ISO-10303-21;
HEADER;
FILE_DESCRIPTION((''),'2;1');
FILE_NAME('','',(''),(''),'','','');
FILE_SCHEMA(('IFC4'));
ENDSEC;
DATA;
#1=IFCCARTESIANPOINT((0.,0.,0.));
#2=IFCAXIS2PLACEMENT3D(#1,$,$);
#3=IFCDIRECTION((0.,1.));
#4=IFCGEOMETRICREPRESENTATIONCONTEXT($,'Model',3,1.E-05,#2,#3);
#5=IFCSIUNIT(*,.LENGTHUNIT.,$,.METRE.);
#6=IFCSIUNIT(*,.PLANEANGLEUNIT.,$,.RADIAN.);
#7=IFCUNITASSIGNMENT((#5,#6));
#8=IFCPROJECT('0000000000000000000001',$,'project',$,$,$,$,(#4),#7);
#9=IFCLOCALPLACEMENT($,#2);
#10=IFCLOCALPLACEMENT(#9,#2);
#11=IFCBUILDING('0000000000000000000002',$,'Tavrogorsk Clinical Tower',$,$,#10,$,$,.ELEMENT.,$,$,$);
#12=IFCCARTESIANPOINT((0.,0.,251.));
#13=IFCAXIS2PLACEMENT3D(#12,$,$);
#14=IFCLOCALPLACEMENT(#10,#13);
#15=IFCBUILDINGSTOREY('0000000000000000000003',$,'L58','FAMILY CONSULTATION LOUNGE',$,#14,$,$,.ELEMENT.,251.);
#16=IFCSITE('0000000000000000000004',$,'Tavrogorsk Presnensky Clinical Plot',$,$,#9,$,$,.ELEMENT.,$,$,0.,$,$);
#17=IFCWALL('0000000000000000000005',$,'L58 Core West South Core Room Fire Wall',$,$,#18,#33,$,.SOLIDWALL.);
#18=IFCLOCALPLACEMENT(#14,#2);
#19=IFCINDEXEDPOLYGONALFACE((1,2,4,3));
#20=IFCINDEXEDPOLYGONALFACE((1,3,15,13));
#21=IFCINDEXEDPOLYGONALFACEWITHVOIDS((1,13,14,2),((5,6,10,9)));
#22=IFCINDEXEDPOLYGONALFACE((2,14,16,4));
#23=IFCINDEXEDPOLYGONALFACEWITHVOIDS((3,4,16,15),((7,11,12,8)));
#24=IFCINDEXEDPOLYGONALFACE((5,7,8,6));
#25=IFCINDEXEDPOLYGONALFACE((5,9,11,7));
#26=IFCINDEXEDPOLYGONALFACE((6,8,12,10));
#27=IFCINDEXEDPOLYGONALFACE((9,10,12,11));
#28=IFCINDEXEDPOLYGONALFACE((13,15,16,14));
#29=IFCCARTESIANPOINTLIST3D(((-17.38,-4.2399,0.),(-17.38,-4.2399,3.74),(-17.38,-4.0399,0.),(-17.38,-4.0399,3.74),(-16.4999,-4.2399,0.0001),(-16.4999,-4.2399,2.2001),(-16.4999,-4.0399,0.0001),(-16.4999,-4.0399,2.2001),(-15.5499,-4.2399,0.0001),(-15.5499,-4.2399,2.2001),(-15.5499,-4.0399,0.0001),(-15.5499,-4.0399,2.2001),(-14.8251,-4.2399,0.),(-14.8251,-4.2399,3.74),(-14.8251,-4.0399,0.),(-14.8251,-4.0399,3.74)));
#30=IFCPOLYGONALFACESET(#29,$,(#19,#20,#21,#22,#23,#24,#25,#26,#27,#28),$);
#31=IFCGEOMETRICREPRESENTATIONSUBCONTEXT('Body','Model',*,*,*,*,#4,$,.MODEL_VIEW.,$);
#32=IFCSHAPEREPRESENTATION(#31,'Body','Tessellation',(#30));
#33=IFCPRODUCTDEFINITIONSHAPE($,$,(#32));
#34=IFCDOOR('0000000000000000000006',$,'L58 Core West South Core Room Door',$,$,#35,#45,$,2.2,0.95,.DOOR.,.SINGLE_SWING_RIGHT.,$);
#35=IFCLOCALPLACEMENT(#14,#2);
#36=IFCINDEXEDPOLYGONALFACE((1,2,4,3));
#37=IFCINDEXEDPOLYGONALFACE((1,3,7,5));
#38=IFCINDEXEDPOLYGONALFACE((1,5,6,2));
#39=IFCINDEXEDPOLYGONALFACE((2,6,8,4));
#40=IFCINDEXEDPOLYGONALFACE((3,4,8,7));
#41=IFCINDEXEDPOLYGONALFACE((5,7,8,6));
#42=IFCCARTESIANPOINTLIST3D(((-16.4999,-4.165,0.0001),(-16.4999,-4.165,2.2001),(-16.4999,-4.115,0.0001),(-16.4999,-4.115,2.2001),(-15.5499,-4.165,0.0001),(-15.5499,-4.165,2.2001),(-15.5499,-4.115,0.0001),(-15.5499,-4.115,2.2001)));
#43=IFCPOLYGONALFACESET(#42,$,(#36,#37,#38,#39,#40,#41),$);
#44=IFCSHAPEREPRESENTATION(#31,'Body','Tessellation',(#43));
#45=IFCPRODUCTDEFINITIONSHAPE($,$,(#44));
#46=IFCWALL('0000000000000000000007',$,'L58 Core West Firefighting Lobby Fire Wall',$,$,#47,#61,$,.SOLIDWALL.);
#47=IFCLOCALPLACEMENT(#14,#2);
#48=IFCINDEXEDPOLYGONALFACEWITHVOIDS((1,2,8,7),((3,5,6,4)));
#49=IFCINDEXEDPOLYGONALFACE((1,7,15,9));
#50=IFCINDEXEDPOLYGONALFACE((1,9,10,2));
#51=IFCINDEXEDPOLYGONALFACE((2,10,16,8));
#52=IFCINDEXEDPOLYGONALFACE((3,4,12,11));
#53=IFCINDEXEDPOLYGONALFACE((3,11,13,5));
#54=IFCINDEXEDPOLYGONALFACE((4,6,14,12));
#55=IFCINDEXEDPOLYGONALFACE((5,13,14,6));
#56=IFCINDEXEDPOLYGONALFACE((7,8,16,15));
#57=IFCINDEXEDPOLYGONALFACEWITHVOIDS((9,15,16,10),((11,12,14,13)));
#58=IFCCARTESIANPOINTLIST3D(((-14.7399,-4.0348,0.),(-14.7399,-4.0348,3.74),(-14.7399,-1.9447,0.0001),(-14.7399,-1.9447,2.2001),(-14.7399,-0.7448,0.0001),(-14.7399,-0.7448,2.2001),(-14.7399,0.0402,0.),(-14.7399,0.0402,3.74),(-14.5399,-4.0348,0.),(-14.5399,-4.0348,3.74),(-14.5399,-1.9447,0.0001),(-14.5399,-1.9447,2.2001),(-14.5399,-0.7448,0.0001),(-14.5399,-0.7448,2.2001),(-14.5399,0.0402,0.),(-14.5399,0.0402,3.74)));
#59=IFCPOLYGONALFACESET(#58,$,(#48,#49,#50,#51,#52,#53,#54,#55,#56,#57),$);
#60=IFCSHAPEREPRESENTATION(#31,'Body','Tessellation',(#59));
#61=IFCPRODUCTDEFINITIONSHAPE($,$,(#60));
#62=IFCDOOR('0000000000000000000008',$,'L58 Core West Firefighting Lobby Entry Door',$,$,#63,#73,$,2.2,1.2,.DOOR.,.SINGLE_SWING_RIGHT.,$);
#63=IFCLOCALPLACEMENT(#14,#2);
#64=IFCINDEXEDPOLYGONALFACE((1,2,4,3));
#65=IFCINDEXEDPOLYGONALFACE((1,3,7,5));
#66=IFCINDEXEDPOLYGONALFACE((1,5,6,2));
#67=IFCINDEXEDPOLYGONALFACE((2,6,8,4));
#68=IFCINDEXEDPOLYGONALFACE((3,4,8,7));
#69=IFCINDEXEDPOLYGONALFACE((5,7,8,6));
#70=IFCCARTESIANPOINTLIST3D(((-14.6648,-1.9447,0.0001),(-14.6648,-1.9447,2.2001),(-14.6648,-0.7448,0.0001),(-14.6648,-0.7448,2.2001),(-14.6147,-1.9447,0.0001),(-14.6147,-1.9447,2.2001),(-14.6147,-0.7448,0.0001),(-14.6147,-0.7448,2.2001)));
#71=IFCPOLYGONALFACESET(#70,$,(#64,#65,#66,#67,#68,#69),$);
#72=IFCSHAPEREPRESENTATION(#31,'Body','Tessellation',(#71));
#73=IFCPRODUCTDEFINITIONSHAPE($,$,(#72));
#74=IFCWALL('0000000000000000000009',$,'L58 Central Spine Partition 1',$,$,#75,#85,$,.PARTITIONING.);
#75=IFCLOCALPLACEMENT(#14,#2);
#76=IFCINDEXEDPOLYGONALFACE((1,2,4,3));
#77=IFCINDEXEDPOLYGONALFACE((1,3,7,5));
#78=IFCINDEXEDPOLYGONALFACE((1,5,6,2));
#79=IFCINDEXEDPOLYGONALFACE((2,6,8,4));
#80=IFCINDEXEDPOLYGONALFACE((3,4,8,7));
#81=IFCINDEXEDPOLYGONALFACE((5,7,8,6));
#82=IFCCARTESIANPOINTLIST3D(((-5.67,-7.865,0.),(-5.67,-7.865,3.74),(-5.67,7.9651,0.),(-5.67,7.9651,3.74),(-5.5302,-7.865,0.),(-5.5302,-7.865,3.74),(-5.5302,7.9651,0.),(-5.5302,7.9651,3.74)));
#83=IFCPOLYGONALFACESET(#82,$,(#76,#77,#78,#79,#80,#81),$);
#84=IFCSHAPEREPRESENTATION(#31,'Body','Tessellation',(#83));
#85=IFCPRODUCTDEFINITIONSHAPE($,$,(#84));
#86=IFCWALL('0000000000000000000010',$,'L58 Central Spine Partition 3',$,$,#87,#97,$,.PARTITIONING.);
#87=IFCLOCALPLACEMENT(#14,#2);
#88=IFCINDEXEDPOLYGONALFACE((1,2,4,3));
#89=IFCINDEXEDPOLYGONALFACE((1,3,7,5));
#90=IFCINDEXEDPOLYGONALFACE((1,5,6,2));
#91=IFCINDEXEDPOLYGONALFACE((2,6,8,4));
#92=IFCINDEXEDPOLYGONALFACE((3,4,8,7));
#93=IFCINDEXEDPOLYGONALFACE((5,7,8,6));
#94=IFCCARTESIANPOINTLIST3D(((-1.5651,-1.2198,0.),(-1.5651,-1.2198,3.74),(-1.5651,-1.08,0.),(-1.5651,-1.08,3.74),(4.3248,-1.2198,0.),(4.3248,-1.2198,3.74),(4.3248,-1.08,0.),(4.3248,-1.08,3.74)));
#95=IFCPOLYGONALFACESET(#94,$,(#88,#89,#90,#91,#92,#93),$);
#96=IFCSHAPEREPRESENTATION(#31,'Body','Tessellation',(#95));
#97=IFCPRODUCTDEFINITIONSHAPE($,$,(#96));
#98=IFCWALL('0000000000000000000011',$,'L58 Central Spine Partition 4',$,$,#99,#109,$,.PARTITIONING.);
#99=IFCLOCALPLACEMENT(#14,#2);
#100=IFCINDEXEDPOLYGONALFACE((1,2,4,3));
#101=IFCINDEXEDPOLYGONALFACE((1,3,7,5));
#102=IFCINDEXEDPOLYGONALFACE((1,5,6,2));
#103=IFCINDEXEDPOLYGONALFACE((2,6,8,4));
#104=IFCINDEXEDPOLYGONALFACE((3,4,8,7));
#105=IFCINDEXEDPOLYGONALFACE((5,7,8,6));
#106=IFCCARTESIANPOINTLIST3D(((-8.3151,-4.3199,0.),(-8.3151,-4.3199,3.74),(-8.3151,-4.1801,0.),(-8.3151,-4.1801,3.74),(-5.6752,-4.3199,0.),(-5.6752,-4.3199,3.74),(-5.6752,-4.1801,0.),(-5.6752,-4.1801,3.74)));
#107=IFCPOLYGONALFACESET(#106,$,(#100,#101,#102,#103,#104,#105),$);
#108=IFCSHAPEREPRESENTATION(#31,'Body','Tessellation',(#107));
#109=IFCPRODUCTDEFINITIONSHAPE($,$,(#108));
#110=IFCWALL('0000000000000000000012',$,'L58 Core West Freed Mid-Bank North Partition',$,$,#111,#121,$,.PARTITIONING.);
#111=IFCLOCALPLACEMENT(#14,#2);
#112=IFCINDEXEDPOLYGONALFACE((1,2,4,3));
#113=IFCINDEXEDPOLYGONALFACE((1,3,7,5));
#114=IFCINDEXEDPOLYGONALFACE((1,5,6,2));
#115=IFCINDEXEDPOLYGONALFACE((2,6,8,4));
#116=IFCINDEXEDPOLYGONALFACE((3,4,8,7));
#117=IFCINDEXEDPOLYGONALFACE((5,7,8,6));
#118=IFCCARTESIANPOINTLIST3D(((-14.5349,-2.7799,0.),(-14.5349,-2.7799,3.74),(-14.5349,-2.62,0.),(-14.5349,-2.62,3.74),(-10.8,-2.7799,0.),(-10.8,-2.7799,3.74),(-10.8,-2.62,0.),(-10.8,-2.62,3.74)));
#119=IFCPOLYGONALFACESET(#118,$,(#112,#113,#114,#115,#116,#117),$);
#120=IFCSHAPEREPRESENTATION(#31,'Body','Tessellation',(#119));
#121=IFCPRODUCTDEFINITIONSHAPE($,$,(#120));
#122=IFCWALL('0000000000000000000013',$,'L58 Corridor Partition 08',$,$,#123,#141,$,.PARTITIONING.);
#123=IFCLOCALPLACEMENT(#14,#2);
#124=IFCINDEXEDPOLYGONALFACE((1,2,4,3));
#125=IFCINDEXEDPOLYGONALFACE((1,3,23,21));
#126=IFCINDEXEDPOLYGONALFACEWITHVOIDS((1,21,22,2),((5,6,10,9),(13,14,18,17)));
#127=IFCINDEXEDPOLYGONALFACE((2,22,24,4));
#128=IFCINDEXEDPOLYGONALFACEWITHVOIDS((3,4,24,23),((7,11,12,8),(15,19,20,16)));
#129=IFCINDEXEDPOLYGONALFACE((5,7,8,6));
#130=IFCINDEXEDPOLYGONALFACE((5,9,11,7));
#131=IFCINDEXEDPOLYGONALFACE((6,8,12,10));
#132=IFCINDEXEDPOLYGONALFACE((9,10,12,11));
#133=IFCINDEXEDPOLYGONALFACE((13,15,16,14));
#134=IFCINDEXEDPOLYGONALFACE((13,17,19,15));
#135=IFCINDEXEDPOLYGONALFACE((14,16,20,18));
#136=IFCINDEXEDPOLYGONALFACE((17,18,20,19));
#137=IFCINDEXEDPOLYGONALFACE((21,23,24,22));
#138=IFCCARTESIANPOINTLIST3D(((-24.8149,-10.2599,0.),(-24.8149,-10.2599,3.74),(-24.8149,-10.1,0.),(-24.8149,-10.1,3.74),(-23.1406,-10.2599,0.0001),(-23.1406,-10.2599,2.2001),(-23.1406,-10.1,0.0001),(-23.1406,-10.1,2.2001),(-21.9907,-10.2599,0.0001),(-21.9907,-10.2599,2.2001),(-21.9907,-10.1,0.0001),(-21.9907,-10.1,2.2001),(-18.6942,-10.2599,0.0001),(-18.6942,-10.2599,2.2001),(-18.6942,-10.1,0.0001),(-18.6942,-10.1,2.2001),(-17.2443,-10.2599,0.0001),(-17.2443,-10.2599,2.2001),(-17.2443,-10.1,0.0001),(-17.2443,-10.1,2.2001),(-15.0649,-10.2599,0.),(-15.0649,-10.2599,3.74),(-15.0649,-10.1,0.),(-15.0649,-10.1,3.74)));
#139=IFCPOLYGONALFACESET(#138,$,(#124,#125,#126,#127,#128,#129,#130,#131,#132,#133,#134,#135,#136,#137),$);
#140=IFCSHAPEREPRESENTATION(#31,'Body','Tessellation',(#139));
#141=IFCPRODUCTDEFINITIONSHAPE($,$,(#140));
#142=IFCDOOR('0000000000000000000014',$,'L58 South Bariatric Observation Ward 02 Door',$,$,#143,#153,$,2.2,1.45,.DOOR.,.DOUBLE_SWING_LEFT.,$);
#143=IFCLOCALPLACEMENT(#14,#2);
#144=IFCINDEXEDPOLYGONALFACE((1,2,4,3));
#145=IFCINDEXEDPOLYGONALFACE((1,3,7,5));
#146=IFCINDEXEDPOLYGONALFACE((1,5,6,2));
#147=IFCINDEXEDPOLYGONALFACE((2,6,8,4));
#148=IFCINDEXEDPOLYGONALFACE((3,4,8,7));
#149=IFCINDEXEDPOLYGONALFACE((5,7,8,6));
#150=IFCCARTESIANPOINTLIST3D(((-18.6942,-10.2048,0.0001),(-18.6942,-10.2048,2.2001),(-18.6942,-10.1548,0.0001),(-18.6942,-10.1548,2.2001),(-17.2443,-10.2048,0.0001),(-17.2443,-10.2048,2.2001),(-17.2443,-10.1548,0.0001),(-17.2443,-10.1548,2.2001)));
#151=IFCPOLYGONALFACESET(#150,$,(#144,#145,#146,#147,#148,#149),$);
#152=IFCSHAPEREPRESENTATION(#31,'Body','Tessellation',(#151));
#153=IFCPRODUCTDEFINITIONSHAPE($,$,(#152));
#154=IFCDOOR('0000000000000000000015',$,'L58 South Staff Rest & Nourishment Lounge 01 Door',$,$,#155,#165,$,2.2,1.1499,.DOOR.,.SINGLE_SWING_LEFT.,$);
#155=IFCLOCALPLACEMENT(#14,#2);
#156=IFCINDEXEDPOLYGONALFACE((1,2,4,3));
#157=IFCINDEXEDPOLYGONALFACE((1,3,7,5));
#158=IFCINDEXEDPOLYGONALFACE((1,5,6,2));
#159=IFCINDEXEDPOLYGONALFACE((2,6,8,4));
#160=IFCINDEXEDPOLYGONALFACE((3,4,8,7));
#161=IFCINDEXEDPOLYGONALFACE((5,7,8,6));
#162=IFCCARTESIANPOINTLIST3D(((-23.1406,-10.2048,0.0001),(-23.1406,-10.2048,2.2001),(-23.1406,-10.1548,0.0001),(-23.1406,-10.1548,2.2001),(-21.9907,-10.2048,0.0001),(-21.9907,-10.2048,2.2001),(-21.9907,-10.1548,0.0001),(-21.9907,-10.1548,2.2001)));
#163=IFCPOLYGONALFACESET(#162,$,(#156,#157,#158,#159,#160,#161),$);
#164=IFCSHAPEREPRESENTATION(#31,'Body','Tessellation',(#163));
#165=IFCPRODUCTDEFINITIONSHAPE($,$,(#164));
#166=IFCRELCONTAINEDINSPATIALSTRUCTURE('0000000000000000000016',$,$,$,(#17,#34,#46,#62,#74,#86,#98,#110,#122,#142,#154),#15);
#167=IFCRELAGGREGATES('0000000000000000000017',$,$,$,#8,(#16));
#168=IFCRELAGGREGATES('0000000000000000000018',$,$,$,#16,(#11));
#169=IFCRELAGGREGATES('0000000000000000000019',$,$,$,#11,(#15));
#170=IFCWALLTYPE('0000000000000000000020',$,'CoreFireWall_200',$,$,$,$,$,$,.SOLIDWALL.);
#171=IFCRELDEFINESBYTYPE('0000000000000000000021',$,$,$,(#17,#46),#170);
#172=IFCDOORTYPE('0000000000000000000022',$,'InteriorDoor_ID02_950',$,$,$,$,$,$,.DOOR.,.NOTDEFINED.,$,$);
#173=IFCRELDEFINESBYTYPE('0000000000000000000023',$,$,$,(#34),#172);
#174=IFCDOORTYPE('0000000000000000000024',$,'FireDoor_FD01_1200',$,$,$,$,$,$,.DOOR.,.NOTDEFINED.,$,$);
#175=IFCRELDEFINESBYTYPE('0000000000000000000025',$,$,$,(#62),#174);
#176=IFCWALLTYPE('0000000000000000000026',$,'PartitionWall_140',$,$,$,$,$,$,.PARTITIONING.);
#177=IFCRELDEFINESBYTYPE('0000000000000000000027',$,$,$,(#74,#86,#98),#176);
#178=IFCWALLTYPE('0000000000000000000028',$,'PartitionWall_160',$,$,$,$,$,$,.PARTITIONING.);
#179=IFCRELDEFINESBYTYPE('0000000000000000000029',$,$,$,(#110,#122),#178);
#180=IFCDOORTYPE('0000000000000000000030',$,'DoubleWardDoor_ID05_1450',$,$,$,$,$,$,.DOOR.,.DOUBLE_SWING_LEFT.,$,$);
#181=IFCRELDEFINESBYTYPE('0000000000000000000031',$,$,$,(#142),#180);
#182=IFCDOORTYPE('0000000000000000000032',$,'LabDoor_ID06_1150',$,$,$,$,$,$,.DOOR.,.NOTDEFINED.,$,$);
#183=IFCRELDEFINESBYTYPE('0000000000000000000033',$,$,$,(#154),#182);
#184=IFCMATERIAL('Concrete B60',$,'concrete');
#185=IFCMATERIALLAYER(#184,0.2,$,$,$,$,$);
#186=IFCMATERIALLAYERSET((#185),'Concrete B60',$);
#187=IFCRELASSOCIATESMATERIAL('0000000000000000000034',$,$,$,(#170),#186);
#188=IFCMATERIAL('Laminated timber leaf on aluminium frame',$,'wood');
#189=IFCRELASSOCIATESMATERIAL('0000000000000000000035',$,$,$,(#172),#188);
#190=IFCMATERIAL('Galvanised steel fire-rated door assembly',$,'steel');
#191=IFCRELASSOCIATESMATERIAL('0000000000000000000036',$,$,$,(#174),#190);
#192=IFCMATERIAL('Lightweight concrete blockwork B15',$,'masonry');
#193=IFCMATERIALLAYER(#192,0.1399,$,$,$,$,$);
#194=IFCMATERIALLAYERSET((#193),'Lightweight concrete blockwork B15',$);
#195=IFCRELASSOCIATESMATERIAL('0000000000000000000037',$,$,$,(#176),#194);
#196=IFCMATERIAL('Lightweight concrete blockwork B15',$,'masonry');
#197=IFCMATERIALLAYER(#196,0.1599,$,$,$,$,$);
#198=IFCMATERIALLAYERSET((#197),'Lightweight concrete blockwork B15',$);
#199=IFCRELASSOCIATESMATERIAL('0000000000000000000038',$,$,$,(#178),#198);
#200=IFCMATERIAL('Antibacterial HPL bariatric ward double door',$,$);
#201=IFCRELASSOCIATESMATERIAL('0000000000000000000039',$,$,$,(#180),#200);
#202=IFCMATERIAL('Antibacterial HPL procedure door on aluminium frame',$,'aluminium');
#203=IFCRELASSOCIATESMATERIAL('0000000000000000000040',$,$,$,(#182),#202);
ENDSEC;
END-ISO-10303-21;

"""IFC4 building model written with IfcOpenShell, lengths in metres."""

from ifc_helpers import new_model, si_unit, direction, frame, frame_2d, origin, place, context, subcontext, project, spatial, rectangle, extrude, material, layer, layer_set, type_object, element, fill, save


model = new_model("IFC4")

# Units and contexts
model_context = context("Model", 3, precision=1e-05, world=origin(), true_north=direction((0.0, 1.0)))
body_context = subcontext(model_context, "Body", "Model", "MODEL_VIEW")
ifc_project = project(units=[si_unit("LENGTHUNIT", "METRE"), si_unit("PLANEANGLEUNIT", "RADIAN")], contexts=[model_context])

# Site, building, storey
site_placement = place(None, origin())
site = spatial("IfcSite", under=ifc_project, at=site_placement, Name="Tavrogorsk Presnensky Clinical Plot", CompositionType="ELEMENT", RefElevation=0.0)
building_placement = place(site_placement, origin())
building = spatial("IfcBuilding", under=site, at=building_placement, Name="Tavrogorsk Clinical Tower", CompositionType="ELEMENT")
storey_placement = place(building_placement, frame((0.0, 0.0, 251.0)))
storey = spatial("IfcBuildingStorey", under=building, at=storey_placement, Name="L58", Description="FAMILY CONSULTATION LOUNGE", CompositionType="ELEMENT", Elevation=251.0)

# Walls, openings, doors
ifc_material_1 = material(Name="Concrete B60", Category="concrete")
ifc_layer_1 = layer(ifc_material_1, 0.2)
ifc_layer_set_1 = layer_set([ifc_layer_1], Name="Concrete B60")
wall_type_1 = type_object("IfcWallType", Name="CoreFireWall_200", PredefinedType="SOLIDWALL", material=ifc_layer_set_1)
wall_1_placement = place(storey_placement, frame((-17.3799, -4.1399, 0.0), z_axis=(0.0, 0.0, 1.0), x_axis=(1.0, 0.0, 0.0)))
wall_1 = element("IfcWall", 1, at=wall_1_placement, inside=storey, type_object=wall_type_1, Name="L58 Core West South Core Room Fire Wall", PredefinedType="SOLIDWALL", context=body_context, shape_type="SweptSolid", body=[
    extrude(rectangle(XDim=2.5549, YDim=0.2, at=frame_2d((1.2773, 0.0))), origin(), (0.0, 0.0, 1.0), 3.74),
])
opening_1_placement = place(wall_1_placement, frame((0.8799, 0.0, 0.0)))
opening_1 = element("IfcOpeningElement", 2, at=opening_1_placement, cuts=wall_1, PredefinedType="OPENING", context=body_context, shape_type="SweptSolid", body=[
    extrude(rectangle(XDim=0.95, YDim=2.2, at=frame_2d((0.4751, 1.1001))), frame((0.0, 0.1099, 0.0), z_axis=(0.0, -1.0, 0.0), x_axis=(1.0, 0.0, 0.0)), (0.0, 0.0, 1.0), 0.22),
])
ifc_material_2 = material(Name="Laminated timber leaf on aluminium frame", Category="wood")
door_type_1 = type_object("IfcDoorType", Name="InteriorDoor_ID02_950", OperationType="NOTDEFINED", PredefinedType="DOOR", material=ifc_material_2)
door_1_placement = place(opening_1_placement, origin())
door_1 = element("IfcDoor", 3, at=door_1_placement, inside=storey, type_object=door_type_1, Name="L58 Core West South Core Room Door", OperationType="SINGLE_SWING_RIGHT", OverallHeight=2.2, OverallWidth=0.95, PredefinedType="DOOR", context=body_context, shape_type="SweptSolid", body=[
    extrude(rectangle(XDim=0.95, YDim=2.2, at=frame_2d((0.4751, 1.1001))), frame((0.0, 0.0249, 0.0), z_axis=(0.0, -1.0, 0.0), x_axis=(1.0, 0.0, 0.0)), (0.0, 0.0, 1.0), 0.05),
])
fill(opening_1, door_1)
wall_2_placement = place(storey_placement, frame((-14.6399, -4.0349, 0.0), z_axis=(0.0, 0.0, 1.0), x_axis=(0.0, 1.0, 0.0)))
wall_2 = element("IfcWall", 4, at=wall_2_placement, inside=storey, type_object=wall_type_1, Name="L58 Core West Firefighting Lobby Fire Wall", PredefinedType="SOLIDWALL", context=body_context, shape_type="SweptSolid", body=[
    extrude(rectangle(XDim=4.075, YDim=0.2, at=frame_2d((2.0376, 0.0))), origin(), (0.0, 0.0, 1.0), 3.74),
])
opening_2_placement = place(wall_2_placement, frame((2.0901, 0.0, 0.0)))
opening_2 = element("IfcOpeningElement", 5, at=opening_2_placement, cuts=wall_2, PredefinedType="OPENING", context=body_context, shape_type="SweptSolid", body=[
    extrude(rectangle(XDim=1.2, YDim=2.2, at=frame_2d((0.6001, 1.1001))), frame((0.0, 0.1099, 0.0), z_axis=(0.0, -1.0, 0.0), x_axis=(1.0, 0.0, 0.0)), (0.0, 0.0, 1.0), 0.22),
])
ifc_material_3 = material(Name="Galvanised steel fire-rated door assembly", Category="steel")
door_type_2 = type_object("IfcDoorType", Name="FireDoor_FD01_1200", OperationType="NOTDEFINED", PredefinedType="DOOR", material=ifc_material_3)
door_2_placement = place(opening_2_placement, origin())
door_2 = element("IfcDoor", 6, at=door_2_placement, inside=storey, type_object=door_type_2, Name="L58 Core West Firefighting Lobby Entry Door", OperationType="SINGLE_SWING_RIGHT", OverallHeight=2.2, OverallWidth=1.2, PredefinedType="DOOR", context=body_context, shape_type="SweptSolid", body=[
    extrude(rectangle(XDim=1.2, YDim=2.2, at=frame_2d((0.6001, 1.1001))), frame((0.0, 0.0249, 0.0), z_axis=(0.0, -1.0, 0.0), x_axis=(1.0, 0.0, 0.0)), (0.0, 0.0, 1.0), 0.05),
])
fill(opening_2, door_2)

# Walls
ifc_material_4 = material(Name="Lightweight concrete blockwork B15", Category="masonry")
ifc_layer_2 = layer(ifc_material_4, 0.1399)
ifc_layer_set_2 = layer_set([ifc_layer_2], Name="Lightweight concrete blockwork B15")
wall_type_2 = type_object("IfcWallType", Name="PartitionWall_140", PredefinedType="PARTITIONING", material=ifc_layer_set_2)
wall_3_placement = place(storey_placement, frame((-5.6001, -7.865, 0.0), z_axis=(0.0, 0.0, 1.0), x_axis=(0.0, 1.0, 0.0)))
element("IfcWall", 7, at=wall_3_placement, inside=storey, type_object=wall_type_2, Name="L58 Central Spine Partition 1", PredefinedType="PARTITIONING", context=body_context, shape_type="SweptSolid", body=[
    extrude(rectangle(XDim=15.8301, YDim=0.1399, at=frame_2d((7.915, 0.0))), origin(), (0.0, 0.0, 1.0), 3.74),
])
wall_4_placement = place(storey_placement, frame((-1.5649, -1.1499, 0.0), z_axis=(0.0, 0.0, 1.0), x_axis=(1.0, 0.0, 0.0)))
element("IfcWall", 8, at=wall_4_placement, inside=storey, type_object=wall_type_2, Name="L58 Central Spine Partition 3", PredefinedType="PARTITIONING", context=body_context, shape_type="SweptSolid", body=[
    extrude(rectangle(XDim=5.8899, YDim=0.1399, at=frame_2d((2.9448, 0.0))), origin(), (0.0, 0.0, 1.0), 3.74),
])
wall_5_placement = place(storey_placement, frame((-8.3149, -4.25, 0.0), z_axis=(0.0, 0.0, 1.0), x_axis=(1.0, 0.0, 0.0)))
element("IfcWall", 9, at=wall_5_placement, inside=storey, type_object=wall_type_2, Name="L58 Central Spine Partition 4", PredefinedType="PARTITIONING", context=body_context, shape_type="SweptSolid", body=[
    extrude(rectangle(XDim=2.6399, YDim=0.1399, at=frame_2d((1.3198, 0.0))), origin(), (0.0, 0.0, 1.0), 3.74),
])
ifc_material_5 = material(Name="Lightweight concrete blockwork B15", Category="masonry")
ifc_layer_3 = layer(ifc_material_5, 0.1599)
ifc_layer_set_3 = layer_set([ifc_layer_3], Name="Lightweight concrete blockwork B15")
wall_type_3 = type_object("IfcWallType", Name="PartitionWall_160", PredefinedType="PARTITIONING", material=ifc_layer_set_3)
wall_6_placement = place(storey_placement, frame((-14.5349, -2.7, 0.0), z_axis=(0.0, 0.0, 1.0), x_axis=(1.0, 0.0, 0.0)))
element("IfcWall", 10, at=wall_6_placement, inside=storey, type_object=wall_type_3, Name="L58 Core West Freed Mid-Bank North Partition", PredefinedType="PARTITIONING", context=body_context, shape_type="SweptSolid", body=[
    extrude(rectangle(XDim=3.7349, YDim=0.1599, at=frame_2d((1.8674, 0.0))), origin(), (0.0, 0.0, 1.0), 3.74),
])

# Wall, openings, doors
wall_7_placement = place(storey_placement, frame((-15.0649, -10.1799, 0.0), z_axis=(0.0, 0.0, 1.0), x_axis=(-1.0, 0.0, 0.0)))
wall_7 = element("IfcWall", 11, at=wall_7_placement, inside=storey, type_object=wall_type_3, Name="L58 Corridor Partition 08", PredefinedType="PARTITIONING", context=body_context, shape_type="SweptSolid", body=[
    extrude(rectangle(XDim=9.75, YDim=0.1599, at=frame_2d((4.875, 0.0))), origin(), (0.0, 0.0, 1.0), 3.74),
])
opening_3_placement = place(wall_7_placement, frame((6.9258, 0.0, 0.0)))
opening_3 = element("IfcOpeningElement", 12, at=opening_3_placement, cuts=wall_7, PredefinedType="OPENING", context=body_context, shape_type="SweptSolid", body=[
    extrude(rectangle(XDim=1.1499, YDim=2.2, at=frame_2d((0.575, 1.1001))), frame((0.0, 0.0898, 0.0), z_axis=(0.0, -1.0, 0.0), x_axis=(1.0, 0.0, 0.0)), (0.0, 0.0, 1.0), 0.1799),
])
opening_4_placement = place(wall_7_placement, frame((2.1792, 0.0, 0.0)))
opening_4 = element("IfcOpeningElement", 13, at=opening_4_placement, cuts=wall_7, PredefinedType="OPENING", context=body_context, shape_type="SweptSolid", body=[
    extrude(rectangle(XDim=1.45, YDim=2.2, at=frame_2d((0.7251, 1.1001))), frame((0.0, 0.0898, 0.0), z_axis=(0.0, -1.0, 0.0), x_axis=(1.0, 0.0, 0.0)), (0.0, 0.0, 1.0), 0.1799),
])
ifc_material_6 = material(Name="Antibacterial HPL bariatric ward double door")
door_type_3 = type_object("IfcDoorType", Name="DoubleWardDoor_ID05_1450", OperationType="DOUBLE_SWING_LEFT", PredefinedType="DOOR", material=ifc_material_6)
door_3_placement = place(opening_4_placement, origin())
door_3 = element("IfcDoor", 14, at=door_3_placement, inside=storey, type_object=door_type_3, Name="L58 South Bariatric Observation Ward 02 Door", OperationType="DOUBLE_SWING_LEFT", OverallHeight=2.2, OverallWidth=1.45, PredefinedType="DOOR", context=body_context, shape_type="SweptSolid", body=[
    extrude(rectangle(XDim=1.45, YDim=2.2, at=frame_2d((0.7251, 1.1001))), frame((0.0, 0.0249, 0.0), z_axis=(0.0, -1.0, 0.0), x_axis=(1.0, 0.0, 0.0)), (0.0, 0.0, 1.0), 0.05),
])
fill(opening_4, door_3)
ifc_material_7 = material(Name="Antibacterial HPL procedure door on aluminium frame", Category="aluminium")
door_type_4 = type_object("IfcDoorType", Name="LabDoor_ID06_1150", OperationType="NOTDEFINED", PredefinedType="DOOR", material=ifc_material_7)
door_4_placement = place(opening_3_placement, origin())
door_4 = element("IfcDoor", 15, at=door_4_placement, inside=storey, type_object=door_type_4, Name="L58 South Staff Rest & Nourishment Lounge 01 Door", OperationType="SINGLE_SWING_LEFT", OverallHeight=2.2, OverallWidth=1.1499, PredefinedType="DOOR", context=body_context, shape_type="SweptSolid", body=[
    extrude(rectangle(XDim=1.1499, YDim=2.2, at=frame_2d((0.575, 1.1001))), frame((0.0, 0.0249, 0.0), z_axis=(0.0, -1.0, 0.0), x_axis=(1.0, 0.0, 0.0)), (0.0, 0.0, 1.0), 0.05),
])
fill(opening_3, door_4)

save(model, "model.ifc")
